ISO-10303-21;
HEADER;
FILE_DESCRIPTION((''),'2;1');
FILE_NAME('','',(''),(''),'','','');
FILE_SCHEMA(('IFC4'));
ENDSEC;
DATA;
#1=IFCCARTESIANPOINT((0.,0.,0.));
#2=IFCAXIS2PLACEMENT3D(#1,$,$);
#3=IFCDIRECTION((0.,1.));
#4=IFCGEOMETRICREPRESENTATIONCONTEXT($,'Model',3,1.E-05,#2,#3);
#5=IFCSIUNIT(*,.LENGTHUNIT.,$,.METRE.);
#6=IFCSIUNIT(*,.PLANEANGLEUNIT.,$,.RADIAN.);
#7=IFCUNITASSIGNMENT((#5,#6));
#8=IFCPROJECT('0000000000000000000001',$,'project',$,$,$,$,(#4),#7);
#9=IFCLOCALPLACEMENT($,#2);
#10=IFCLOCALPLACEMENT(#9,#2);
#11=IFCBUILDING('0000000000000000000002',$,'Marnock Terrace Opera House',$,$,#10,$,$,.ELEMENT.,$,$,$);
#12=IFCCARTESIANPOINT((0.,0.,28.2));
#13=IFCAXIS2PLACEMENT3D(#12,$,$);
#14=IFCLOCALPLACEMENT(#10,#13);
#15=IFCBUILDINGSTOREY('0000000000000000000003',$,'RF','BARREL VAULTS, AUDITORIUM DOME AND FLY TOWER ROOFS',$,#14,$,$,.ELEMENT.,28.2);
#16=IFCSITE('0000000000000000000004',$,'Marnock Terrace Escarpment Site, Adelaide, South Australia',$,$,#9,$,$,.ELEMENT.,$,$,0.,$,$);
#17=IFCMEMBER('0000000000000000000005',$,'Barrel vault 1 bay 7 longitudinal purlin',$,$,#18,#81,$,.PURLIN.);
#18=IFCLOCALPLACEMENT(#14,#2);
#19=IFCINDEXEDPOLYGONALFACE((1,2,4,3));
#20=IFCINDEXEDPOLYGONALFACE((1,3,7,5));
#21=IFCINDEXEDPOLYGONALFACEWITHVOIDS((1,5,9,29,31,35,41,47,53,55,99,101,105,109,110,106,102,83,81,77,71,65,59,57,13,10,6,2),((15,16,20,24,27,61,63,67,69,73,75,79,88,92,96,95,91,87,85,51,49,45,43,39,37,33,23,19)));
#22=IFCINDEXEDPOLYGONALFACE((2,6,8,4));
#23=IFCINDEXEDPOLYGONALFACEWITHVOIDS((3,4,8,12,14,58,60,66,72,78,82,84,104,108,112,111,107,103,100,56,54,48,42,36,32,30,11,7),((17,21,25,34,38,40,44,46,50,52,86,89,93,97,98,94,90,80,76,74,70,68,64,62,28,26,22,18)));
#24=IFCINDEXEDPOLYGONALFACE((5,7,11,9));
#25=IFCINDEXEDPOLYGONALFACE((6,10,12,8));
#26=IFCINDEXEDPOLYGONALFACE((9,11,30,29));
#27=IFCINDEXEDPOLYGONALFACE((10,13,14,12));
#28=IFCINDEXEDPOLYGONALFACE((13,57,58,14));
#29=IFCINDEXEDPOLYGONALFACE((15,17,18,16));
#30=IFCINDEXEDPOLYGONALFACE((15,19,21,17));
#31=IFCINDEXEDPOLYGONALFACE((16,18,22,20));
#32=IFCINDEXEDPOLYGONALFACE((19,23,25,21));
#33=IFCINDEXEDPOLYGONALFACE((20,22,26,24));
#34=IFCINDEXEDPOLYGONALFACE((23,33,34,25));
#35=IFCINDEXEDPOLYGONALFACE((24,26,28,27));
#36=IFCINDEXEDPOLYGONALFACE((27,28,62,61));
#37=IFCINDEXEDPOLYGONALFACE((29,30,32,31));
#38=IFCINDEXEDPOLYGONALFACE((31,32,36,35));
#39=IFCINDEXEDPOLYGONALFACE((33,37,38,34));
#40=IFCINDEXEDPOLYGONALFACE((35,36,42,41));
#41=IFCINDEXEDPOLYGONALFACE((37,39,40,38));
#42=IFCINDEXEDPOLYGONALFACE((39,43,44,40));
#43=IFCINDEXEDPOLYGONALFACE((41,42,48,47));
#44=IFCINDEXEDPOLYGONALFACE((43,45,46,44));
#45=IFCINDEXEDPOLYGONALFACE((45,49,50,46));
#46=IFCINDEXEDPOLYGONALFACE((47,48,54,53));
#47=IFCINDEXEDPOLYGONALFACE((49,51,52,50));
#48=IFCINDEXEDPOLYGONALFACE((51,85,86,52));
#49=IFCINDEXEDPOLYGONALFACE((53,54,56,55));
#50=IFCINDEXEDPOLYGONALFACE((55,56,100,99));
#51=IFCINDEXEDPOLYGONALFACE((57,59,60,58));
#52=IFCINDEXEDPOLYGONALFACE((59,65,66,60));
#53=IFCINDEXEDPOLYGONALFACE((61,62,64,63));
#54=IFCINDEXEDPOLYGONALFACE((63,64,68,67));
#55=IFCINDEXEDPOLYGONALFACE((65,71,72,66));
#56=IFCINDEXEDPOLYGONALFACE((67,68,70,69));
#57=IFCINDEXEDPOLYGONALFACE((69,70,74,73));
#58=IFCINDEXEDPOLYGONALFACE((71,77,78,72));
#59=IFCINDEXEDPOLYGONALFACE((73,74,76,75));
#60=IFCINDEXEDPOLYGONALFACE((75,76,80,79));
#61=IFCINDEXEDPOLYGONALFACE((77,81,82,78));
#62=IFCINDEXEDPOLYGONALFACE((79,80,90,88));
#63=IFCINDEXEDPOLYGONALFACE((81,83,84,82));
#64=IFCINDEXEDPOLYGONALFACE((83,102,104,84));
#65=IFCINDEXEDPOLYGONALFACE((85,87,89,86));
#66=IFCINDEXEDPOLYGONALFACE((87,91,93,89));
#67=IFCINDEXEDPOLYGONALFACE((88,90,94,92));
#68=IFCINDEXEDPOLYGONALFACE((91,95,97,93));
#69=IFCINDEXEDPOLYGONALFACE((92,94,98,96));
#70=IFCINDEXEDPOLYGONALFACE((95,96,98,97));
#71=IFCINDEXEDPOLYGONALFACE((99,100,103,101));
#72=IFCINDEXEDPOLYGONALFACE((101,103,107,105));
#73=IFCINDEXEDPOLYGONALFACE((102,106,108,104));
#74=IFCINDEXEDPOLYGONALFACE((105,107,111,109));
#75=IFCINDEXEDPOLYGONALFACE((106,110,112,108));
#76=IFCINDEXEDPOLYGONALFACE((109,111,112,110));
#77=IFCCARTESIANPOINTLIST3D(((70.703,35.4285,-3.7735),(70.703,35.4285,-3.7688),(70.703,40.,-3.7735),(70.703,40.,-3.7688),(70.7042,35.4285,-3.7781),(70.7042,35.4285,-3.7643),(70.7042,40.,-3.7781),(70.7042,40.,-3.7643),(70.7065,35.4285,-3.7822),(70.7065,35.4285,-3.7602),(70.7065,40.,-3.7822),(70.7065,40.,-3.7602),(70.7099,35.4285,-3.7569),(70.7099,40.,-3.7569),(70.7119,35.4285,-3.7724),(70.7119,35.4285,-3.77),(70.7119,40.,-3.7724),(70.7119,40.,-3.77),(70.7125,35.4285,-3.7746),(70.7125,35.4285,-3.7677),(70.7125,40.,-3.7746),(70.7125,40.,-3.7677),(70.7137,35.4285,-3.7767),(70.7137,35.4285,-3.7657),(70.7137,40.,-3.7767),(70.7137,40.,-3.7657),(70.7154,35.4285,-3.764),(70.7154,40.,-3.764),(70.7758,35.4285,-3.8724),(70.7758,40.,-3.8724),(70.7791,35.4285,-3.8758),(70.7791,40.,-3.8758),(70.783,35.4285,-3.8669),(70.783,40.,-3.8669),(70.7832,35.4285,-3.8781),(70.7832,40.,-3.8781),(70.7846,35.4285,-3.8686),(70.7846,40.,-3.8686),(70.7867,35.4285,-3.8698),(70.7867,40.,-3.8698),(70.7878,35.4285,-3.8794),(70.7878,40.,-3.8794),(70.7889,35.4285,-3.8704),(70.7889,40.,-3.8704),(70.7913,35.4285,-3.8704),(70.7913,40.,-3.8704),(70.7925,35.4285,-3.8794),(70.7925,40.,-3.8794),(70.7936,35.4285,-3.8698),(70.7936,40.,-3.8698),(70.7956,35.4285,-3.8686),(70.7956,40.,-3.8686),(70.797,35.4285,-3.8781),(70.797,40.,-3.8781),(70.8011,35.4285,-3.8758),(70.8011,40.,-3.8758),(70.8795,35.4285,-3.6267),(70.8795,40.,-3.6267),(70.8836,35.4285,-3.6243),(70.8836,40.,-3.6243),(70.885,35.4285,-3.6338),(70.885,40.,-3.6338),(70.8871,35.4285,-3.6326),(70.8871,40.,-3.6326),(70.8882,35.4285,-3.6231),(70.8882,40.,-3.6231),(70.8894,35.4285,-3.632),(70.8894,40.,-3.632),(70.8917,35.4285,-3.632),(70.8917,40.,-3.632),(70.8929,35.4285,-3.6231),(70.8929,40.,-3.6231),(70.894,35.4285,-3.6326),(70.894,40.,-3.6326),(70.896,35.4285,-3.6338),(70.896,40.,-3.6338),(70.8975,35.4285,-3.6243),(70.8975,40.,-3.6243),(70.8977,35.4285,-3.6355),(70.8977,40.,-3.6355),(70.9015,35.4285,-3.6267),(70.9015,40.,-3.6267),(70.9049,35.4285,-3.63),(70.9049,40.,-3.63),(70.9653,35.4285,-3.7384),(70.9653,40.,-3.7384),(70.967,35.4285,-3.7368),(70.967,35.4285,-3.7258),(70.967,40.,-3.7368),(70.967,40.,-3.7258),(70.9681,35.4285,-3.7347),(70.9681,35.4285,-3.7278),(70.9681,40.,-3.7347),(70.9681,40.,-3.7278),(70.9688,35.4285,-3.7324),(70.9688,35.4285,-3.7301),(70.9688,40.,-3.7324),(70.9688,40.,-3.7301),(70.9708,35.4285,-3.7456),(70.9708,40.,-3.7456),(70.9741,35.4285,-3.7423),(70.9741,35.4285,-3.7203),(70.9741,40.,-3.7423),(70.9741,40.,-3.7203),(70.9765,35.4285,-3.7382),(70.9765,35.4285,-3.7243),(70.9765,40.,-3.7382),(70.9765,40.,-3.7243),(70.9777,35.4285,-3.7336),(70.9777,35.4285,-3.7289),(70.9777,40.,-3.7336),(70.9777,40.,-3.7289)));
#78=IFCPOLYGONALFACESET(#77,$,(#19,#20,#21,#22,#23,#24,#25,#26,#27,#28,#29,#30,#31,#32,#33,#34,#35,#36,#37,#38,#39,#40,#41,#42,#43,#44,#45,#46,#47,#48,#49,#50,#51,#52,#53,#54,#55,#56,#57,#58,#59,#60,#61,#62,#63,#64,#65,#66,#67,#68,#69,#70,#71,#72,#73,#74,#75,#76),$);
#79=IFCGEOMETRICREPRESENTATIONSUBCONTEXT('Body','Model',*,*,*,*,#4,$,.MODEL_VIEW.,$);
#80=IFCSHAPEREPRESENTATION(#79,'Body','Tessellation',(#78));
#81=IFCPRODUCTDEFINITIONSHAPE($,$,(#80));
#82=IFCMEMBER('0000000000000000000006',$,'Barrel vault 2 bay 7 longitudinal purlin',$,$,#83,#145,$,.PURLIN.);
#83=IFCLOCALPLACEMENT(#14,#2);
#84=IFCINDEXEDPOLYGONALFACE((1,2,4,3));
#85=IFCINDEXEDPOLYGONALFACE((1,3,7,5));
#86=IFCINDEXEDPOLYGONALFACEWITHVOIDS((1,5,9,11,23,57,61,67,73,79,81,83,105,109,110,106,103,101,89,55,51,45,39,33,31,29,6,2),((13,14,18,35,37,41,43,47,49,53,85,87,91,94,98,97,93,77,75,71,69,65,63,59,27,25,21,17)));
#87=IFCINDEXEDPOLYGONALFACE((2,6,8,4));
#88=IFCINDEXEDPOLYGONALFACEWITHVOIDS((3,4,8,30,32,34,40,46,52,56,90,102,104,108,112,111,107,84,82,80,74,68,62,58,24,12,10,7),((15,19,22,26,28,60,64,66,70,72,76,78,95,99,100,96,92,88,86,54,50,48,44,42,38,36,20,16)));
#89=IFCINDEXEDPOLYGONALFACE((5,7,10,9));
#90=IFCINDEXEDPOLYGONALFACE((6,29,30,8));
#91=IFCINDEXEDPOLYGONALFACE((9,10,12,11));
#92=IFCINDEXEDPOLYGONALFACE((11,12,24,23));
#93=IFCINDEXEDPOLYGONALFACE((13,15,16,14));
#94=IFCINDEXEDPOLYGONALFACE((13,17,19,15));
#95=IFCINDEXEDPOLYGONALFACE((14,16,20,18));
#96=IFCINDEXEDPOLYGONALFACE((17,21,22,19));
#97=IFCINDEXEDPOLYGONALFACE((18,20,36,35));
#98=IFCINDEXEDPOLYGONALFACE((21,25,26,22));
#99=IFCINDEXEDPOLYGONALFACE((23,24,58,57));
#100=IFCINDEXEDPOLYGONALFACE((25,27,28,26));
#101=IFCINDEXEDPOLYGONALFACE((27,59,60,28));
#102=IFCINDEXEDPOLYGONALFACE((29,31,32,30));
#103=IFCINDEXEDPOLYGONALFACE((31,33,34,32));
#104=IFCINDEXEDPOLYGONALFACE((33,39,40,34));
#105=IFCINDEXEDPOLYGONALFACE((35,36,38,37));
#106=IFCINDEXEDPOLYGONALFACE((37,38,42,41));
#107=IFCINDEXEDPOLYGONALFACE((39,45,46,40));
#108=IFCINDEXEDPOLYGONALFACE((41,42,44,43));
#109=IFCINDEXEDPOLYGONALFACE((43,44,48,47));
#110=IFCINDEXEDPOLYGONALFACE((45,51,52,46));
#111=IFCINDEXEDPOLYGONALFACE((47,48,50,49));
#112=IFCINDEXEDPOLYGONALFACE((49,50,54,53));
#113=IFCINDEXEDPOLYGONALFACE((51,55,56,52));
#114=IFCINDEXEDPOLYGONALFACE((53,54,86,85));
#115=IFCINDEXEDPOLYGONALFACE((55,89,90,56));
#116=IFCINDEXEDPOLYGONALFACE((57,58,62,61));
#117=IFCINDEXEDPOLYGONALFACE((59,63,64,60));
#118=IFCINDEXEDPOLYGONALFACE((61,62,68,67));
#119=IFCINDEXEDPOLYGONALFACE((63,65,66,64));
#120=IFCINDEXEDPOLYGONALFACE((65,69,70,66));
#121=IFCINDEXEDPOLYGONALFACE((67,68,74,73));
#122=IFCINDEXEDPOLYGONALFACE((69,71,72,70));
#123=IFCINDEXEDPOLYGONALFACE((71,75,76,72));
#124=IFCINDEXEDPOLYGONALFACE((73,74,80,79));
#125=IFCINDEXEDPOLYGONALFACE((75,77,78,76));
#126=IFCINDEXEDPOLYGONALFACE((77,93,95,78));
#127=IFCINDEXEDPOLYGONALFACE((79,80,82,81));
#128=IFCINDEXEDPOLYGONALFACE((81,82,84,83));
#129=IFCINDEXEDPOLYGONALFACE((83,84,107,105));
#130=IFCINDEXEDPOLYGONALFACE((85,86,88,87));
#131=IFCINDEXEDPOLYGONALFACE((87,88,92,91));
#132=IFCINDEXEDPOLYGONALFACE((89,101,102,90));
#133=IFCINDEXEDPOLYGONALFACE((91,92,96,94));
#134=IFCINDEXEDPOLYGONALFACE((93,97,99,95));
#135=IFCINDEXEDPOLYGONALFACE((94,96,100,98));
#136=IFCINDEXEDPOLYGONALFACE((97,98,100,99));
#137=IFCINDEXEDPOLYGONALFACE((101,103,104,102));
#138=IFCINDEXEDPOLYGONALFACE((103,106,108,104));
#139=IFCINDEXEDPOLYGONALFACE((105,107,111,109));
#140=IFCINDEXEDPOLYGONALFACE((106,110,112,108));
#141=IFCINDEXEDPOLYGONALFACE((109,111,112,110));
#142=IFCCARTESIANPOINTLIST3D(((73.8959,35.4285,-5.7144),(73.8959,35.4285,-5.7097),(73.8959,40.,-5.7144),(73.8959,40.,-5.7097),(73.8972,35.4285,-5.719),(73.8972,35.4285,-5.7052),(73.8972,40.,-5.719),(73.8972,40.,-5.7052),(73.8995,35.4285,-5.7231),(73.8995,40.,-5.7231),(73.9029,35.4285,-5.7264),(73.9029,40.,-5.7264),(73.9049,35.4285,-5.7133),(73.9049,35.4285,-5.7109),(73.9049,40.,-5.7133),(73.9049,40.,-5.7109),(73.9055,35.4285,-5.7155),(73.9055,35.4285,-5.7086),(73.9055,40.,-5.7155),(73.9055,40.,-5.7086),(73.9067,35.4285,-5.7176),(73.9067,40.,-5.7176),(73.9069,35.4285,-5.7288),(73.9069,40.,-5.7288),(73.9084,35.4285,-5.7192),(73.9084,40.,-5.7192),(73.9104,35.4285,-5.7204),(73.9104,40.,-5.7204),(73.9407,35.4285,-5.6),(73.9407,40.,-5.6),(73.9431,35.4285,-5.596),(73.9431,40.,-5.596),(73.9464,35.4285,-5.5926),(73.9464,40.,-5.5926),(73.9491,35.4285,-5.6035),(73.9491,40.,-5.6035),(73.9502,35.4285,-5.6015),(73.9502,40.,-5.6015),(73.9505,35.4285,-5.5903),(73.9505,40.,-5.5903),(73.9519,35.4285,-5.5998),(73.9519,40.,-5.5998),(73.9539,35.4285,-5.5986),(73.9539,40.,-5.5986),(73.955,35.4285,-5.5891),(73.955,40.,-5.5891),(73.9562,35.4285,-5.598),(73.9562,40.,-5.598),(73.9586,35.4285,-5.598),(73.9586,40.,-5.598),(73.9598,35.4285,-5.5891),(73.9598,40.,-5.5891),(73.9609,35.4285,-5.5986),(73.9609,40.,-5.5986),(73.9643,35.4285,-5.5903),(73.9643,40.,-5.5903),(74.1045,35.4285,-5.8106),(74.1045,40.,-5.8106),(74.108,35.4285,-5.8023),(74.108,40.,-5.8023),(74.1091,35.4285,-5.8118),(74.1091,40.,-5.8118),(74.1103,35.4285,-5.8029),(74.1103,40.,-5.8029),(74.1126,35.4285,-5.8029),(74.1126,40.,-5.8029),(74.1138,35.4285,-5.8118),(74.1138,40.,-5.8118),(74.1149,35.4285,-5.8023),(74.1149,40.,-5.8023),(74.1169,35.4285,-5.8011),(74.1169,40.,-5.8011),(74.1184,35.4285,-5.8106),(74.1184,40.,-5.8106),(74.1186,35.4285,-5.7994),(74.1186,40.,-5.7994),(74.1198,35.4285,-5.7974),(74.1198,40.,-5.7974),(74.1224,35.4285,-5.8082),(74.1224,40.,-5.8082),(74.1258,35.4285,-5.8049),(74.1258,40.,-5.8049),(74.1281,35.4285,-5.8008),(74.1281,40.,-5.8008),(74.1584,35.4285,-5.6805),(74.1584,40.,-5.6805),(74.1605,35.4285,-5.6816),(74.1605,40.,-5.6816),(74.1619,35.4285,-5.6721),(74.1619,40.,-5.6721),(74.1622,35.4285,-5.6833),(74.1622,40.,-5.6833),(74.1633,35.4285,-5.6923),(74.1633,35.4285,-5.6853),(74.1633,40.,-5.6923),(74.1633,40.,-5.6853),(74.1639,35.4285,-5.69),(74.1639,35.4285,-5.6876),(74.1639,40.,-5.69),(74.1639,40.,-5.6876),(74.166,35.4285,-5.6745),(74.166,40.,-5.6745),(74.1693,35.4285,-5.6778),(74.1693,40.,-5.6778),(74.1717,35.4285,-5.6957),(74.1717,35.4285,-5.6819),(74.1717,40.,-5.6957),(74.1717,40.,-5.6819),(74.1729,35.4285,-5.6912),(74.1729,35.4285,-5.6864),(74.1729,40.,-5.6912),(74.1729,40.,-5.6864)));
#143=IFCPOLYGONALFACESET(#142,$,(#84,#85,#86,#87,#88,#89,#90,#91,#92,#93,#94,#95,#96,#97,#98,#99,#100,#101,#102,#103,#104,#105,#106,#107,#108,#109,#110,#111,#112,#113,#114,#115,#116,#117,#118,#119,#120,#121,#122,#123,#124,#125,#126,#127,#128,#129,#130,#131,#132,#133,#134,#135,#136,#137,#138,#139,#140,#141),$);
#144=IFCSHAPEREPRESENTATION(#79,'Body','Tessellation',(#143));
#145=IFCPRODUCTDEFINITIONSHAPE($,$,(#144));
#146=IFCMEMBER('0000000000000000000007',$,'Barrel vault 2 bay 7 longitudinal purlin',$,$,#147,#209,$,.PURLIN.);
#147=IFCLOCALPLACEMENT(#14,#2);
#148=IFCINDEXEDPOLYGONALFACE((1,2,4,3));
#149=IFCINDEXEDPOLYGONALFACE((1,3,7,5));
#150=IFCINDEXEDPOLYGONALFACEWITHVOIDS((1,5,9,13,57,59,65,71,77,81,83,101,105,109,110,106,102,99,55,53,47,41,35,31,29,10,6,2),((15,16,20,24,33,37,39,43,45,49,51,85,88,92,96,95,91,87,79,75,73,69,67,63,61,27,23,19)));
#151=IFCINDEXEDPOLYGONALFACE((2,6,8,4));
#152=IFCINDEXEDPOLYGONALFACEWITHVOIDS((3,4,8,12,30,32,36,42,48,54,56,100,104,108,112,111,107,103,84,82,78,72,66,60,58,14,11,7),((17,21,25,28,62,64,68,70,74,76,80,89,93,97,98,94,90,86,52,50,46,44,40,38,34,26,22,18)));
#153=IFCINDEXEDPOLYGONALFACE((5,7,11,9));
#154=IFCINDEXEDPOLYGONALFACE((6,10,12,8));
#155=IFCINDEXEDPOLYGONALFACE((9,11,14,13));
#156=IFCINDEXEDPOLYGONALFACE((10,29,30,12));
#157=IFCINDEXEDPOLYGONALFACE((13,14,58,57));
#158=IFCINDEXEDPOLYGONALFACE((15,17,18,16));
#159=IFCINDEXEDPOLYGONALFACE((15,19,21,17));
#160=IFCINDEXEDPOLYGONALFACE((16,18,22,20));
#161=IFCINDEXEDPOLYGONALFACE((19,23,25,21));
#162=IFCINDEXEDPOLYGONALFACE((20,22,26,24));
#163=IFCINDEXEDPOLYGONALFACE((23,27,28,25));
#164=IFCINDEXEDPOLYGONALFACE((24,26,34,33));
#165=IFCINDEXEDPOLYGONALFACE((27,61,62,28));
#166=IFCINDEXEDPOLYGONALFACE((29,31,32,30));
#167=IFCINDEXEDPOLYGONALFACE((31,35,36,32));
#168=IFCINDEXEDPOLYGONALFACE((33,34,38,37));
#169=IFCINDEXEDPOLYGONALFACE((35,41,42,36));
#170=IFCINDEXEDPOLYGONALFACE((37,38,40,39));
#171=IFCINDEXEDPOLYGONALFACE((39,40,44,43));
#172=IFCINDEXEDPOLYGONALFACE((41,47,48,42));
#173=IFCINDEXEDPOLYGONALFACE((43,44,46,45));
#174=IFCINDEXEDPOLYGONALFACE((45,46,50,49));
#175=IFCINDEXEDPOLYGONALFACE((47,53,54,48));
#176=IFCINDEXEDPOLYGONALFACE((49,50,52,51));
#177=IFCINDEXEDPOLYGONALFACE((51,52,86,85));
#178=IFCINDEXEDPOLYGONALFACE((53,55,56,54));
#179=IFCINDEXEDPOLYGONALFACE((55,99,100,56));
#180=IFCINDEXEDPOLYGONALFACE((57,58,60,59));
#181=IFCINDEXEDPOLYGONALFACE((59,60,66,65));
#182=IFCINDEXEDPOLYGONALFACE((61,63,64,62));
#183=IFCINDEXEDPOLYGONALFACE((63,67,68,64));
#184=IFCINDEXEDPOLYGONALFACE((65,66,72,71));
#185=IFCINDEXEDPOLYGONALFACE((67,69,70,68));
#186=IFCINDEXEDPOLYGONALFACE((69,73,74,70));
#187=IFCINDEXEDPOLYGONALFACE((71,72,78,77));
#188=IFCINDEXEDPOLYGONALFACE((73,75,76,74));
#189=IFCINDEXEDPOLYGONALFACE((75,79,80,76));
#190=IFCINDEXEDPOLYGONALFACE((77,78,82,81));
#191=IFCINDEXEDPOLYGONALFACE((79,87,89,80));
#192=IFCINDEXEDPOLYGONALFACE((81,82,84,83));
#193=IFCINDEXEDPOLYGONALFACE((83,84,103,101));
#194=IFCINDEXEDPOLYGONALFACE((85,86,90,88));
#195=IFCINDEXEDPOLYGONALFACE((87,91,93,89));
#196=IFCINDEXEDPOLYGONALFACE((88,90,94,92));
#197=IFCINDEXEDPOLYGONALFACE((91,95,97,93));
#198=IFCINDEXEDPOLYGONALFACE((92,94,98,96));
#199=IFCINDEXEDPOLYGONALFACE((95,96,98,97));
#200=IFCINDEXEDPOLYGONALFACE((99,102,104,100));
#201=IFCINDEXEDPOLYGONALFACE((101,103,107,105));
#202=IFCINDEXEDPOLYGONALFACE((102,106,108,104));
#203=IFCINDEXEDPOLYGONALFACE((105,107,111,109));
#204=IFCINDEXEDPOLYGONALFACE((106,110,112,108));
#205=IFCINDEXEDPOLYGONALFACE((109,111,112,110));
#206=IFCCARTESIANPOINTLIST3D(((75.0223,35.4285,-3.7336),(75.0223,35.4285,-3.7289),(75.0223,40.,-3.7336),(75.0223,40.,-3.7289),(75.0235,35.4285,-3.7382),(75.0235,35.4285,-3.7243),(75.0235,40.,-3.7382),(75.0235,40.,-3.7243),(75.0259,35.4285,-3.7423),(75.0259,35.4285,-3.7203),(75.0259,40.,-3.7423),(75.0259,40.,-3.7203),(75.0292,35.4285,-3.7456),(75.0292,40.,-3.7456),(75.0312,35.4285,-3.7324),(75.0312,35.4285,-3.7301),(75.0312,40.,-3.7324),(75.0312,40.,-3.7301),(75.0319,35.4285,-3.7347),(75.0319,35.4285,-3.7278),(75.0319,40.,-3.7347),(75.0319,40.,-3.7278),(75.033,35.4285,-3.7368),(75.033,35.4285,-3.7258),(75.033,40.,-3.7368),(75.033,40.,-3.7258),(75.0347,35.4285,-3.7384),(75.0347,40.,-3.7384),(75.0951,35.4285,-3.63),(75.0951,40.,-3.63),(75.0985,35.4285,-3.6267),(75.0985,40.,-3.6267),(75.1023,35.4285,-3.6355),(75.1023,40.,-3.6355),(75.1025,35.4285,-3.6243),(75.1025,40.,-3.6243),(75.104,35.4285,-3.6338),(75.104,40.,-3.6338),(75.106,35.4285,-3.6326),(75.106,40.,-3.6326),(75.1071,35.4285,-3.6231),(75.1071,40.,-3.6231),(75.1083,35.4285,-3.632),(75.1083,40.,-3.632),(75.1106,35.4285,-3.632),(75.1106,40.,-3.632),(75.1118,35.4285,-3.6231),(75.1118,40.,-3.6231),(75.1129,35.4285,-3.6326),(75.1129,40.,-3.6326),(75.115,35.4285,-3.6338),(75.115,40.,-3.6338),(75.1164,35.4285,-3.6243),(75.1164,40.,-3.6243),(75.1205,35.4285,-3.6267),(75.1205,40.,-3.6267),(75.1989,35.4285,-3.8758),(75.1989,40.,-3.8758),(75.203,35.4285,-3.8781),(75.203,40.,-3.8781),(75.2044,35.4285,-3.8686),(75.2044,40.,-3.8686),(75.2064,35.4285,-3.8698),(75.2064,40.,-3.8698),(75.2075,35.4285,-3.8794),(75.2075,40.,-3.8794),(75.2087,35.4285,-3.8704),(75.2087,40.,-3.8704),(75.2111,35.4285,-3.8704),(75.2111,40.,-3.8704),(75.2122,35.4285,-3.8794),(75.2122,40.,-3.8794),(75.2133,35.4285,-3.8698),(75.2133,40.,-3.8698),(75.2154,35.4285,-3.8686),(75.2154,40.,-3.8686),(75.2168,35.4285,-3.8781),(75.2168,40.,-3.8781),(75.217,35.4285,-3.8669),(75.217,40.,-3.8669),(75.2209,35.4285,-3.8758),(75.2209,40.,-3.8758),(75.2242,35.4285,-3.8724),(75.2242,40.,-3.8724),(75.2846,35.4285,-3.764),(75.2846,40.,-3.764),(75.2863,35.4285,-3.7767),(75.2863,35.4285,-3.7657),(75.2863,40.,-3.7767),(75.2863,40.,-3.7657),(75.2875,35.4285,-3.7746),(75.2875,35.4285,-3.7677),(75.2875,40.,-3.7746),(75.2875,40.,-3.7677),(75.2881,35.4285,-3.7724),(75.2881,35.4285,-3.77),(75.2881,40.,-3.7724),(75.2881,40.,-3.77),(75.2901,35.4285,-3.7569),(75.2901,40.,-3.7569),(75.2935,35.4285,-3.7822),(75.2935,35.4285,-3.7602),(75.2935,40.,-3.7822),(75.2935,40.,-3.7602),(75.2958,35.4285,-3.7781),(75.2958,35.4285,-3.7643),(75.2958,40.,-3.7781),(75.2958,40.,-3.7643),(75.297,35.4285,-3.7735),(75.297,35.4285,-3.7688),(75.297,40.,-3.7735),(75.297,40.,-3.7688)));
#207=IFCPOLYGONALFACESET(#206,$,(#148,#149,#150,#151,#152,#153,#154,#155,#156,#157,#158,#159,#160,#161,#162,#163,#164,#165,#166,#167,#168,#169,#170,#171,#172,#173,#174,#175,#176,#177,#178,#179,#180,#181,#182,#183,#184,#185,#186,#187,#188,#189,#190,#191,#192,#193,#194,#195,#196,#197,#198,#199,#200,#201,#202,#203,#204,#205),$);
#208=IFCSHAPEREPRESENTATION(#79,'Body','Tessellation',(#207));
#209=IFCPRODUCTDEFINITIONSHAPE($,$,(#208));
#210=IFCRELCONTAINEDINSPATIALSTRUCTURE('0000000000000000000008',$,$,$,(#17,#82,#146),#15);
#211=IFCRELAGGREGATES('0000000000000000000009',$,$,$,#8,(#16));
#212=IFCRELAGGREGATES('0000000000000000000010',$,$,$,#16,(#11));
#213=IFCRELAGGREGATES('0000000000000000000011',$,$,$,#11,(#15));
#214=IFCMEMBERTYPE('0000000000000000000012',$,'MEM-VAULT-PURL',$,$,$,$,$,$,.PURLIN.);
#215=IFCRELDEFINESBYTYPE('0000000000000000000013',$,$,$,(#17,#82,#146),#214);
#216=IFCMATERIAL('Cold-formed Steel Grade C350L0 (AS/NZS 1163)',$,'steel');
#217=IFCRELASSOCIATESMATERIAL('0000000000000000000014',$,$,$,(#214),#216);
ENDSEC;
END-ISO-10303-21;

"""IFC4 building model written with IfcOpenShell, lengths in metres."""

from ifc_helpers import new_model, si_unit, direction, frame, origin, origin_2d, place, context, subcontext, project, spatial, hollow_rectangle, extrude, material, material_profile, profile_set, type_object, element, save


model = new_model("IFC4")

# Units and contexts
model_context = context("Model", 3, precision=1e-05, world=origin(), true_north=direction((0.0, 1.0)))
body_context = subcontext(model_context, "Body", "Model", "MODEL_VIEW")
ifc_project = project(units=[si_unit("LENGTHUNIT", "METRE"), si_unit("PLANEANGLEUNIT", "RADIAN")], contexts=[model_context])

# Site, building, storey
site_placement = place(None, origin())
site = spatial("IfcSite", under=ifc_project, at=site_placement, Name="Marnock Terrace Escarpment Site, Adelaide, South Australia", CompositionType="ELEMENT", RefElevation=0.0)
building_placement = place(site_placement, origin())
building = spatial("IfcBuilding", under=site, at=building_placement, Name="Marnock Terrace Opera House", CompositionType="ELEMENT")
storey_placement = place(building_placement, frame((0.0, 0.0, 28.2)))
storey = spatial("IfcBuildingStorey", under=building, at=storey_placement, Name="RF", Description="BARREL VAULTS, AUDITORIUM DOME AND FLY TOWER ROOFS", CompositionType="ELEMENT", Elevation=28.2)

# Members
ifc_material_1 = material(Name="Cold-formed Steel Grade C350L0 (AS/NZS 1163)", Category="steel")
ifc_material_profile_1 = material_profile(ifc_material_1, hollow_rectangle(XDim=0.1499, YDim=0.25, WallThickness=0.009, InnerFilletRadius=0.009, OuterFilletRadius=0.0181, at=origin_2d()))
ifc_profile_set_1 = profile_set([ifc_material_profile_1], Name="Cold-formed Steel Grade C350L0 (AS/NZS 1163)")
member_type_1 = type_object("IfcMemberType", Name="MEM-VAULT-PURL", PredefinedType="PURLIN", material=ifc_profile_set_1)
for number, where, z_axis, x_axis, name in (
    (1, (70.8403, 35.4285, -3.7512), (0.0, 1.0, 0.0), (-0.608761, 0.0, 0.793353), "Barrel vault 1 bay 7 longitudinal purlin"),
    (2, (74.0344, 35.4285, -5.7004), (0.0, 1.0, 0.0), (-0.382683, 0.0, -0.92388), "Barrel vault 2 bay 7 longitudinal purlin"),
    (3, (75.1597, 35.4285, -3.7512), (0.0, 1.0, 0.0), (-0.608761, 0.0, -0.793353), "Barrel vault 2 bay 7 longitudinal purlin"),
):
    element("IfcMember", number, at=place(storey_placement, frame(where, z_axis=z_axis, x_axis=x_axis)), inside=storey, type_object=member_type_1, Name=name, PredefinedType="PURLIN", context=body_context, shape_type="SweptSolid", body=[
        extrude(hollow_rectangle(XDim=0.1499, YDim=0.25, WallThickness=0.009, InnerFilletRadius=0.009, OuterFilletRadius=0.0181, at=origin_2d()), origin(), (0.0, 0.0, 1.0), 4.5715),
    ])

save(model, "model.ifc")
